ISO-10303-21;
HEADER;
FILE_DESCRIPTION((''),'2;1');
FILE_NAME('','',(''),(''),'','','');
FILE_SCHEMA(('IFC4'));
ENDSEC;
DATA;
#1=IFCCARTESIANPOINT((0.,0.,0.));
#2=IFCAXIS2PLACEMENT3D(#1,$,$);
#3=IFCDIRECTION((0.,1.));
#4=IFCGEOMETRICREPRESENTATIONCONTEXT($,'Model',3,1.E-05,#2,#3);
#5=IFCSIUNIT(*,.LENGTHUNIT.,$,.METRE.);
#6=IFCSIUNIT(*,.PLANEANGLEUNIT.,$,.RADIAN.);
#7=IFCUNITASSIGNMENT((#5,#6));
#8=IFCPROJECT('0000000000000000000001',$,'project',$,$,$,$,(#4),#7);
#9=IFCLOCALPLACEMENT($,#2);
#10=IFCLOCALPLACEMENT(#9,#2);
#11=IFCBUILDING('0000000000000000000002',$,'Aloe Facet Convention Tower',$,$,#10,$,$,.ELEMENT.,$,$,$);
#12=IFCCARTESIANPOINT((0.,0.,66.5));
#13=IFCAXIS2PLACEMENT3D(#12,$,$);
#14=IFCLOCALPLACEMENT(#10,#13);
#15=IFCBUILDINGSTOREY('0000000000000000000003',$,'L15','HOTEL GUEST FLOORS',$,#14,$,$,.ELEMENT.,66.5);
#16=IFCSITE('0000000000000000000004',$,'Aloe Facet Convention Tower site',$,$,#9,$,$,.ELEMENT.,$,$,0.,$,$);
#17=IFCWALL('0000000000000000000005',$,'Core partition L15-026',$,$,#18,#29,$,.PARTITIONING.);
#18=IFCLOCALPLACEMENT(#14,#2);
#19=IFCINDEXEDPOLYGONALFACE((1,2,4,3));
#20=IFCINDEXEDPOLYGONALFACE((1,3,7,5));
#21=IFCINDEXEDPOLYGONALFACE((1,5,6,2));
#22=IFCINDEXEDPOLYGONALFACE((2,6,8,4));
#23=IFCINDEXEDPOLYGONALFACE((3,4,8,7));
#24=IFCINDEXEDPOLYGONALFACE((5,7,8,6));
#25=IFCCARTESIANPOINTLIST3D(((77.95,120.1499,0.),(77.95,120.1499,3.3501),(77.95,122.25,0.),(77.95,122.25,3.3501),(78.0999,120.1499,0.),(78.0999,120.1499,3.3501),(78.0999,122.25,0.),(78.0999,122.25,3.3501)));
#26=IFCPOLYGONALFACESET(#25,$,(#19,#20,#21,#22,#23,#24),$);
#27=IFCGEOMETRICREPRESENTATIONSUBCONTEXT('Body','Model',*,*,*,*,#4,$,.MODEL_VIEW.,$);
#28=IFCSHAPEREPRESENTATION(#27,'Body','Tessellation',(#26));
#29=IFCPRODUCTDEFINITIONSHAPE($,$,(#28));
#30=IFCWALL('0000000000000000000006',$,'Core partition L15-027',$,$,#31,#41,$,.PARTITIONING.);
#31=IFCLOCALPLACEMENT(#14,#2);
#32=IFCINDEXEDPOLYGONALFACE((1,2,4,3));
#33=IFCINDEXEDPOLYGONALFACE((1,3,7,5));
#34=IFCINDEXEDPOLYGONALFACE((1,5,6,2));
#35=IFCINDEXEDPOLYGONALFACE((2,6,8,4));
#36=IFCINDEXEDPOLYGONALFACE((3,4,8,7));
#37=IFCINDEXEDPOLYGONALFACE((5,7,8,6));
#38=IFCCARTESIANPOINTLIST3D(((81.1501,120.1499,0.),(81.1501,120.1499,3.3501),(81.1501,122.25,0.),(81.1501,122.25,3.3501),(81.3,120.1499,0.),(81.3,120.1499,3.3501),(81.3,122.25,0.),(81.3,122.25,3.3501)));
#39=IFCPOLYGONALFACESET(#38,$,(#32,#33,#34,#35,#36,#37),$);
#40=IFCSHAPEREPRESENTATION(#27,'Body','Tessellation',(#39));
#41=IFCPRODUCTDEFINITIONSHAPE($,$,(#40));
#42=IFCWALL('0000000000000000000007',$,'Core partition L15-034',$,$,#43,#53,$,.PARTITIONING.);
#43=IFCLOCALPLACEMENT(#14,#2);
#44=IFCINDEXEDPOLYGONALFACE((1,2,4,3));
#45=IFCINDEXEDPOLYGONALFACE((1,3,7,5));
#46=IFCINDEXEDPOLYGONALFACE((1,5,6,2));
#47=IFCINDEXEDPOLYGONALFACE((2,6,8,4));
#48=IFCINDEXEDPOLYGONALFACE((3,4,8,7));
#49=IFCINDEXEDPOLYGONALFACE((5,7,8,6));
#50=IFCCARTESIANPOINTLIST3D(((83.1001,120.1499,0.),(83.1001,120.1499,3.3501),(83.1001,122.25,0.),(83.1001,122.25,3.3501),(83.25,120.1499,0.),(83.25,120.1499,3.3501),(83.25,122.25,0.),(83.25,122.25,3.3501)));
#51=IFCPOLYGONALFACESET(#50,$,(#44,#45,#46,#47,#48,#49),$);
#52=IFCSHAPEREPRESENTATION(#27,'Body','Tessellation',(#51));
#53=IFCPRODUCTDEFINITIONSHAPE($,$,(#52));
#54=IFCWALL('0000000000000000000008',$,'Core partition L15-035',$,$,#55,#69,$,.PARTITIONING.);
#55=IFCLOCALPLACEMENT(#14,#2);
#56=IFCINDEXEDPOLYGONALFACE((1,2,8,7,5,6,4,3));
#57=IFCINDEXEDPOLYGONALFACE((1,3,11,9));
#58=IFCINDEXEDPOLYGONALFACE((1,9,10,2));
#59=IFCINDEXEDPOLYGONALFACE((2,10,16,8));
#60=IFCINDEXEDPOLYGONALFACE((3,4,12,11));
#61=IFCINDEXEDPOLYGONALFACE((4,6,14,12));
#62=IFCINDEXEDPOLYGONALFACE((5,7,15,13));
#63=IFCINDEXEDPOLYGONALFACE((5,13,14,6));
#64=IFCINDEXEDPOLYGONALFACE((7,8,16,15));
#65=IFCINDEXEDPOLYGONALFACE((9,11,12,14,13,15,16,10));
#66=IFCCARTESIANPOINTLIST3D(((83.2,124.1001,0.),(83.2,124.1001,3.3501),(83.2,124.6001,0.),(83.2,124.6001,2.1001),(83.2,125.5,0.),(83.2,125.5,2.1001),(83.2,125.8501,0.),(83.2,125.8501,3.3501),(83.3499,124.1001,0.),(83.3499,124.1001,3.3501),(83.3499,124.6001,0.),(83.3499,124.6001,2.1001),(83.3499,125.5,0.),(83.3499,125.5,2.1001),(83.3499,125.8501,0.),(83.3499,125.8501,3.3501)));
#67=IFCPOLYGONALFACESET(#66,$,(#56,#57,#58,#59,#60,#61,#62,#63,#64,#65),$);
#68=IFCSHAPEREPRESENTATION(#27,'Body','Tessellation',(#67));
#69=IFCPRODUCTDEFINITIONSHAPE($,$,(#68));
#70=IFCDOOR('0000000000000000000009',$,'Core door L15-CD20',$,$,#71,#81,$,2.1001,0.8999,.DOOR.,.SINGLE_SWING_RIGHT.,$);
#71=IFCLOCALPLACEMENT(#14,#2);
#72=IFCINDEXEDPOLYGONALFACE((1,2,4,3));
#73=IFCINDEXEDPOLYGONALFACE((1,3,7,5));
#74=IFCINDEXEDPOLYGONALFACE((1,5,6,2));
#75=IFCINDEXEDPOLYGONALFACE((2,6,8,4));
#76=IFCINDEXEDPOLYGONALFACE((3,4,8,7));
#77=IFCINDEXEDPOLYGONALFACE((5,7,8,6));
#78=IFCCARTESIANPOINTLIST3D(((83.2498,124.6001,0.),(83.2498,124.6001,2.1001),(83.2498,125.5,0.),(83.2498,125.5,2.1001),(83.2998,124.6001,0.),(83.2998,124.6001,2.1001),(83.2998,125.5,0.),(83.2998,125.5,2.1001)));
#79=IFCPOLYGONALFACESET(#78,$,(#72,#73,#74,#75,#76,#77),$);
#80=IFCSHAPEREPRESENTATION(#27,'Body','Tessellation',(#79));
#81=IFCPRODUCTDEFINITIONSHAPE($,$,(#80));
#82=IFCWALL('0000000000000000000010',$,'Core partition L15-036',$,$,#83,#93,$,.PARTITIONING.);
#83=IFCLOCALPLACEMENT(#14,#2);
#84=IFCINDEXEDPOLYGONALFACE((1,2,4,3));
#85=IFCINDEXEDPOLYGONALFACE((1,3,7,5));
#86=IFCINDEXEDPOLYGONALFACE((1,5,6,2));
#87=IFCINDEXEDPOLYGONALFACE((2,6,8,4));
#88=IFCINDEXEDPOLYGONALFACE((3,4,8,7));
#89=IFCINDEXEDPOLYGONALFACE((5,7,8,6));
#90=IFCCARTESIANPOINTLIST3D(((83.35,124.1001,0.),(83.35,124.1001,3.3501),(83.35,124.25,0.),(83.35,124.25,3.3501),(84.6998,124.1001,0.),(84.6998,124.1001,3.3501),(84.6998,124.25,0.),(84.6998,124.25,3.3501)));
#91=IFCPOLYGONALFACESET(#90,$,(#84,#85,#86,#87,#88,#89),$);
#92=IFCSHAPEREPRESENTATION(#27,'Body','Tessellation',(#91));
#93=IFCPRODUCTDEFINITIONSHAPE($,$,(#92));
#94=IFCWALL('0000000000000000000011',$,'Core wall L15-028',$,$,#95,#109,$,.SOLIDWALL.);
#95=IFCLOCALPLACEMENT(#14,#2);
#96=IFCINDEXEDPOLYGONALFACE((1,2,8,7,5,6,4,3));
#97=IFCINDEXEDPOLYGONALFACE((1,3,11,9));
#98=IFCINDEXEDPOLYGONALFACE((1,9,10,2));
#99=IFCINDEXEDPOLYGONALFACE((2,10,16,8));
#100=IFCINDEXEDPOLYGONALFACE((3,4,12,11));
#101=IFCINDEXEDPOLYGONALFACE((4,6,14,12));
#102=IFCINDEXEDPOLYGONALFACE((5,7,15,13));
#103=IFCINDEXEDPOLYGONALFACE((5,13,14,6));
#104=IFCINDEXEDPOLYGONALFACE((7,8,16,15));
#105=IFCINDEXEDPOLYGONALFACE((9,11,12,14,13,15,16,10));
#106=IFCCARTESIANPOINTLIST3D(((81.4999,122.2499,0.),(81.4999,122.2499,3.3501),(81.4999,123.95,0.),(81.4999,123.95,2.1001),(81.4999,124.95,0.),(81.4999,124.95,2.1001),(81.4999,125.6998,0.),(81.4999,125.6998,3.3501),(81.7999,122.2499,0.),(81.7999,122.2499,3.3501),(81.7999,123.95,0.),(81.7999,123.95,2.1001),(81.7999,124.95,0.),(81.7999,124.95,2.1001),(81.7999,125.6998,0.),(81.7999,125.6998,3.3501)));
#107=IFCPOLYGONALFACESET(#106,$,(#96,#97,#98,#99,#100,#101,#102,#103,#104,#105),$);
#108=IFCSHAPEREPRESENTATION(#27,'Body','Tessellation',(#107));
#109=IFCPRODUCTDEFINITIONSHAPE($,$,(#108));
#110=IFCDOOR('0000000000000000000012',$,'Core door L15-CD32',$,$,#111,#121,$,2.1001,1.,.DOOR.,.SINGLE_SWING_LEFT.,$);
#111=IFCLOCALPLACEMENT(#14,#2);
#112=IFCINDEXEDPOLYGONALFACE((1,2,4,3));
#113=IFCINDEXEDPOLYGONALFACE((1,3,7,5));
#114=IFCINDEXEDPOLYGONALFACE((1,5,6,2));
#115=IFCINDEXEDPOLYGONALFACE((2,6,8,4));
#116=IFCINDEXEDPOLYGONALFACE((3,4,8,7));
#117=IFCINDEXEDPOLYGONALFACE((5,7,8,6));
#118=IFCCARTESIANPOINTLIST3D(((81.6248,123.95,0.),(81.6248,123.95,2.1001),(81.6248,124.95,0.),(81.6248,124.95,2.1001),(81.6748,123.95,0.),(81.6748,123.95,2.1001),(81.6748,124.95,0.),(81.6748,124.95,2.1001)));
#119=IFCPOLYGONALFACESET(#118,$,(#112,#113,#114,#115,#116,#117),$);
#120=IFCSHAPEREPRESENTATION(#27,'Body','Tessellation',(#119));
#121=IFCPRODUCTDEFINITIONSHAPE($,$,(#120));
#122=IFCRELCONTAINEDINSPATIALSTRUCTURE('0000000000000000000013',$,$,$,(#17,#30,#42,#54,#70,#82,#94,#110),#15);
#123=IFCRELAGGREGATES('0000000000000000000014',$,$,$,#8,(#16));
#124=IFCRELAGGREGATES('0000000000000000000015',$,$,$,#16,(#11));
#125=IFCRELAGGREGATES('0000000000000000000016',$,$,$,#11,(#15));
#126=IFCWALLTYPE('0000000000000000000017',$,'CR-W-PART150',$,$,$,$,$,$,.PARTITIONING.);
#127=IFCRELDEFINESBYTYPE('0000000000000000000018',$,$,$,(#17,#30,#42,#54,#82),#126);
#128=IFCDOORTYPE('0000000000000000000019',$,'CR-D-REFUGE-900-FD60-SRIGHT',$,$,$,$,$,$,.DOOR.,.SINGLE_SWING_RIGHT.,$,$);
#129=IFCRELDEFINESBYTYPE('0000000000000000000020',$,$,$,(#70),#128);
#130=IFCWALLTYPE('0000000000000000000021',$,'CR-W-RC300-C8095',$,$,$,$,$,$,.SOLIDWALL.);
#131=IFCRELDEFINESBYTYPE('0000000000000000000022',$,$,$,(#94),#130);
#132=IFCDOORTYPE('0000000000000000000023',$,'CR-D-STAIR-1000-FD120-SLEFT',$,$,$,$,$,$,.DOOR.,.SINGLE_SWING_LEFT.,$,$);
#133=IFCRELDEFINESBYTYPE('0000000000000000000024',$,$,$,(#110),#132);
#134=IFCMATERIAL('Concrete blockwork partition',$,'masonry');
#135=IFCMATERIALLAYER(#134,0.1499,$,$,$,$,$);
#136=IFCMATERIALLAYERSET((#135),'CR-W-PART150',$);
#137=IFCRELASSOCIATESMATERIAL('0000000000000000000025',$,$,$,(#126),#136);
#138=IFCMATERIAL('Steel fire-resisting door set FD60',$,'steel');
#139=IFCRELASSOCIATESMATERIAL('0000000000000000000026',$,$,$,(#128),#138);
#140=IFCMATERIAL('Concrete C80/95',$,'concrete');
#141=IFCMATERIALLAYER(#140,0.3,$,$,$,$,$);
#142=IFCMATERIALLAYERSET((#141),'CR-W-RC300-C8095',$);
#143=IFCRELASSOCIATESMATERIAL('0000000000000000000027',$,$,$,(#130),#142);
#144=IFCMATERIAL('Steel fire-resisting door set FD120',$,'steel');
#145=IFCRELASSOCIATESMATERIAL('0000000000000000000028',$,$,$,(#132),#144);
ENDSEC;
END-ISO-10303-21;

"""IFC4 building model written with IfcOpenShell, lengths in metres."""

from ifc_helpers import new_model, si_unit, direction, frame, frame_2d, origin, place, context, subcontext, project, spatial, rectangle, extrude, material, layer, layer_set, type_object, element, fill, save


model = new_model("IFC4")

# Units and contexts
model_context = context("Model", 3, precision=1e-05, world=origin(), true_north=direction((0.0, 1.0)))
body_context = subcontext(model_context, "Body", "Model", "MODEL_VIEW")
ifc_project = project(units=[si_unit("LENGTHUNIT", "METRE"), si_unit("PLANEANGLEUNIT", "RADIAN")], contexts=[model_context])

# Site, building, storey
site_placement = place(None, origin())
site = spatial("IfcSite", under=ifc_project, at=site_placement, Name="Aloe Facet Convention Tower site", CompositionType="ELEMENT", RefElevation=0.0)
building_placement = place(site_placement, origin())
building = spatial("IfcBuilding", under=site, at=building_placement, Name="Aloe Facet Convention Tower", CompositionType="ELEMENT")
storey_placement = place(building_placement, frame((0.0, 0.0, 66.5)))
storey = spatial("IfcBuildingStorey", under=building, at=storey_placement, Name="L15", Description="HOTEL GUEST FLOORS", CompositionType="ELEMENT", Elevation=66.5)

# Walls
ifc_material_1 = material(Name="Concrete blockwork partition", Category="masonry")
ifc_layer_1 = layer(ifc_material_1, 0.1499)
ifc_layer_set_1 = layer_set([ifc_layer_1], Name="CR-W-PART150")
wall_type_1 = type_object("IfcWallType", Name="CR-W-PART150", PredefinedType="PARTITIONING", material=ifc_layer_set_1)
for number, where, z_axis, x_axis, name in (
    (1, (78.0249, 122.25, 0.0), (0.0, 0.0, 1.0), (0.0, -1.0, 0.0), "Core partition L15-026"),
    (2, (81.2251, 122.25, 0.0), (0.0, 0.0, 1.0), (0.0, -1.0, 0.0), "Core partition L15-027"),
    (3, (83.175, 122.25, 0.0), (0.0, 0.0, 1.0), (0.0, -1.0, 0.0), "Core partition L15-034"),
):
    element("IfcWall", number, at=place(storey_placement, frame(where, z_axis=z_axis, x_axis=x_axis)), inside=storey, type_object=wall_type_1, Name=name, PredefinedType="PARTITIONING", context=body_context, shape_type="SweptSolid", body=[
        extrude(rectangle(XDim=2.1001, YDim=0.1499, at=frame_2d((1.05, 0.0))), origin(), (0.0, 0.0, 1.0), 3.3501),
    ])

# Wall, opening, door
wall_1_placement = place(storey_placement, frame((83.2749, 125.8501, 0.0), z_axis=(0.0, 0.0, 1.0), x_axis=(0.0, -1.0, 0.0)))
wall_1 = element("IfcWall", 4, at=wall_1_placement, inside=storey, type_object=wall_type_1, Name="Core partition L15-035", PredefinedType="PARTITIONING", context=body_context, shape_type="SweptSolid", body=[
    extrude(rectangle(XDim=1.75, YDim=0.1499, at=frame_2d((0.875, 0.0))), origin(), (0.0, 0.0, 1.0), 3.3501),
])
opening_1_placement = place(wall_1_placement, frame((0.3501, 0.0, 0.0)))
opening_1 = element("IfcOpeningElement", 5, at=opening_1_placement, cuts=wall_1, PredefinedType="OPENING", context=body_context, shape_type="SweptSolid", body=[
    extrude(rectangle(XDim=0.8999, YDim=2.1001, at=frame_2d((0.45, 1.05))), frame((0.0, 0.085, 0.0), z_axis=(0.0, -1.0, 0.0), x_axis=(1.0, 0.0, 0.0)), (0.0, 0.0, 1.0), 0.1699),
])
ifc_material_2 = material(Name="Steel fire-resisting door set FD60", Category="steel")
door_type_1 = type_object("IfcDoorType", Name="CR-D-REFUGE-900-FD60-SRIGHT", OperationType="SINGLE_SWING_RIGHT", PredefinedType="DOOR", material=ifc_material_2)
door_1_placement = place(opening_1_placement, origin())
door_1 = element("IfcDoor", 6, at=door_1_placement, inside=storey, type_object=door_type_1, Name="Core door L15-CD20", OperationType="SINGLE_SWING_RIGHT", OverallHeight=2.1001, OverallWidth=0.8999, PredefinedType="DOOR", context=body_context, shape_type="SweptSolid", body=[
    extrude(rectangle(XDim=0.8999, YDim=2.1001, at=frame_2d((0.45, 1.05))), frame((0.0, 0.0249, 0.0), z_axis=(0.0, -1.0, 0.0), x_axis=(1.0, 0.0, 0.0)), (0.0, 0.0, 1.0), 0.05),
])
fill(opening_1, door_1)

# Wall
wall_2_placement = place(storey_placement, frame((83.3501, 124.175, 0.0), z_axis=(0.0, 0.0, 1.0), x_axis=(1.0, 0.0, 0.0)))
element("IfcWall", 7, at=wall_2_placement, inside=storey, type_object=wall_type_1, Name="Core partition L15-036", PredefinedType="PARTITIONING", context=body_context, shape_type="SweptSolid", body=[
    extrude(rectangle(XDim=1.3499, YDim=0.1499, at=frame_2d((0.6748, 0.0))), origin(), (0.0, 0.0, 1.0), 3.3501),
])

# Wall, opening, door
ifc_material_3 = material(Name="Concrete C80/95", Category="concrete")
ifc_layer_2 = layer(ifc_material_3, 0.3)
ifc_layer_set_2 = layer_set([ifc_layer_2], Name="CR-W-RC300-C8095")
wall_type_2 = type_object("IfcWallType", Name="CR-W-RC300-C8095", PredefinedType="SOLIDWALL", material=ifc_layer_set_2)
wall_3_placement = place(storey_placement, frame((81.6499, 125.7, 0.0), z_axis=(0.0, 0.0, 1.0), x_axis=(0.0, -1.0, 0.0)))
wall_3 = element("IfcWall", 8, at=wall_3_placement, inside=storey, type_object=wall_type_2, Name="Core wall L15-028", PredefinedType="SOLIDWALL", context=body_context, shape_type="SweptSolid", body=[
    extrude(rectangle(XDim=3.45, YDim=0.3, at=frame_2d((1.7251, 0.0))), origin(), (0.0, 0.0, 1.0), 3.3501),
])
opening_2_placement = place(wall_3_placement, frame((0.75, 0.0, 0.0)))
opening_2 = element("IfcOpeningElement", 9, at=opening_2_placement, cuts=wall_3, PredefinedType="OPENING", context=body_context, shape_type="SweptSolid", body=[
    extrude(rectangle(XDim=1.0, YDim=2.1001, at=frame_2d((0.5, 1.05))), frame((0.0, 0.1602, 0.0), z_axis=(0.0, -1.0, 0.0), x_axis=(1.0, 0.0, 0.0)), (0.0, 0.0, 1.0), 0.3201),
])
ifc_material_4 = material(Name="Steel fire-resisting door set FD120", Category="steel")
door_type_2 = type_object("IfcDoorType", Name="CR-D-STAIR-1000-FD120-SLEFT", OperationType="SINGLE_SWING_LEFT", PredefinedType="DOOR", material=ifc_material_4)
door_2_placement = place(opening_2_placement, origin())
door_2 = element("IfcDoor", 10, at=door_2_placement, inside=storey, type_object=door_type_2, Name="Core door L15-CD32", OperationType="SINGLE_SWING_LEFT", OverallHeight=2.1001, OverallWidth=1.0, PredefinedType="DOOR", context=body_context, shape_type="SweptSolid", body=[
    extrude(rectangle(XDim=1.0, YDim=2.1001, at=frame_2d((0.5, 1.05))), frame((0.0, 0.0249, 0.0), z_axis=(0.0, -1.0, 0.0), x_axis=(1.0, 0.0, 0.0)), (0.0, 0.0, 1.0), 0.05),
])
fill(opening_2, door_2)

save(model, "model.ifc")
